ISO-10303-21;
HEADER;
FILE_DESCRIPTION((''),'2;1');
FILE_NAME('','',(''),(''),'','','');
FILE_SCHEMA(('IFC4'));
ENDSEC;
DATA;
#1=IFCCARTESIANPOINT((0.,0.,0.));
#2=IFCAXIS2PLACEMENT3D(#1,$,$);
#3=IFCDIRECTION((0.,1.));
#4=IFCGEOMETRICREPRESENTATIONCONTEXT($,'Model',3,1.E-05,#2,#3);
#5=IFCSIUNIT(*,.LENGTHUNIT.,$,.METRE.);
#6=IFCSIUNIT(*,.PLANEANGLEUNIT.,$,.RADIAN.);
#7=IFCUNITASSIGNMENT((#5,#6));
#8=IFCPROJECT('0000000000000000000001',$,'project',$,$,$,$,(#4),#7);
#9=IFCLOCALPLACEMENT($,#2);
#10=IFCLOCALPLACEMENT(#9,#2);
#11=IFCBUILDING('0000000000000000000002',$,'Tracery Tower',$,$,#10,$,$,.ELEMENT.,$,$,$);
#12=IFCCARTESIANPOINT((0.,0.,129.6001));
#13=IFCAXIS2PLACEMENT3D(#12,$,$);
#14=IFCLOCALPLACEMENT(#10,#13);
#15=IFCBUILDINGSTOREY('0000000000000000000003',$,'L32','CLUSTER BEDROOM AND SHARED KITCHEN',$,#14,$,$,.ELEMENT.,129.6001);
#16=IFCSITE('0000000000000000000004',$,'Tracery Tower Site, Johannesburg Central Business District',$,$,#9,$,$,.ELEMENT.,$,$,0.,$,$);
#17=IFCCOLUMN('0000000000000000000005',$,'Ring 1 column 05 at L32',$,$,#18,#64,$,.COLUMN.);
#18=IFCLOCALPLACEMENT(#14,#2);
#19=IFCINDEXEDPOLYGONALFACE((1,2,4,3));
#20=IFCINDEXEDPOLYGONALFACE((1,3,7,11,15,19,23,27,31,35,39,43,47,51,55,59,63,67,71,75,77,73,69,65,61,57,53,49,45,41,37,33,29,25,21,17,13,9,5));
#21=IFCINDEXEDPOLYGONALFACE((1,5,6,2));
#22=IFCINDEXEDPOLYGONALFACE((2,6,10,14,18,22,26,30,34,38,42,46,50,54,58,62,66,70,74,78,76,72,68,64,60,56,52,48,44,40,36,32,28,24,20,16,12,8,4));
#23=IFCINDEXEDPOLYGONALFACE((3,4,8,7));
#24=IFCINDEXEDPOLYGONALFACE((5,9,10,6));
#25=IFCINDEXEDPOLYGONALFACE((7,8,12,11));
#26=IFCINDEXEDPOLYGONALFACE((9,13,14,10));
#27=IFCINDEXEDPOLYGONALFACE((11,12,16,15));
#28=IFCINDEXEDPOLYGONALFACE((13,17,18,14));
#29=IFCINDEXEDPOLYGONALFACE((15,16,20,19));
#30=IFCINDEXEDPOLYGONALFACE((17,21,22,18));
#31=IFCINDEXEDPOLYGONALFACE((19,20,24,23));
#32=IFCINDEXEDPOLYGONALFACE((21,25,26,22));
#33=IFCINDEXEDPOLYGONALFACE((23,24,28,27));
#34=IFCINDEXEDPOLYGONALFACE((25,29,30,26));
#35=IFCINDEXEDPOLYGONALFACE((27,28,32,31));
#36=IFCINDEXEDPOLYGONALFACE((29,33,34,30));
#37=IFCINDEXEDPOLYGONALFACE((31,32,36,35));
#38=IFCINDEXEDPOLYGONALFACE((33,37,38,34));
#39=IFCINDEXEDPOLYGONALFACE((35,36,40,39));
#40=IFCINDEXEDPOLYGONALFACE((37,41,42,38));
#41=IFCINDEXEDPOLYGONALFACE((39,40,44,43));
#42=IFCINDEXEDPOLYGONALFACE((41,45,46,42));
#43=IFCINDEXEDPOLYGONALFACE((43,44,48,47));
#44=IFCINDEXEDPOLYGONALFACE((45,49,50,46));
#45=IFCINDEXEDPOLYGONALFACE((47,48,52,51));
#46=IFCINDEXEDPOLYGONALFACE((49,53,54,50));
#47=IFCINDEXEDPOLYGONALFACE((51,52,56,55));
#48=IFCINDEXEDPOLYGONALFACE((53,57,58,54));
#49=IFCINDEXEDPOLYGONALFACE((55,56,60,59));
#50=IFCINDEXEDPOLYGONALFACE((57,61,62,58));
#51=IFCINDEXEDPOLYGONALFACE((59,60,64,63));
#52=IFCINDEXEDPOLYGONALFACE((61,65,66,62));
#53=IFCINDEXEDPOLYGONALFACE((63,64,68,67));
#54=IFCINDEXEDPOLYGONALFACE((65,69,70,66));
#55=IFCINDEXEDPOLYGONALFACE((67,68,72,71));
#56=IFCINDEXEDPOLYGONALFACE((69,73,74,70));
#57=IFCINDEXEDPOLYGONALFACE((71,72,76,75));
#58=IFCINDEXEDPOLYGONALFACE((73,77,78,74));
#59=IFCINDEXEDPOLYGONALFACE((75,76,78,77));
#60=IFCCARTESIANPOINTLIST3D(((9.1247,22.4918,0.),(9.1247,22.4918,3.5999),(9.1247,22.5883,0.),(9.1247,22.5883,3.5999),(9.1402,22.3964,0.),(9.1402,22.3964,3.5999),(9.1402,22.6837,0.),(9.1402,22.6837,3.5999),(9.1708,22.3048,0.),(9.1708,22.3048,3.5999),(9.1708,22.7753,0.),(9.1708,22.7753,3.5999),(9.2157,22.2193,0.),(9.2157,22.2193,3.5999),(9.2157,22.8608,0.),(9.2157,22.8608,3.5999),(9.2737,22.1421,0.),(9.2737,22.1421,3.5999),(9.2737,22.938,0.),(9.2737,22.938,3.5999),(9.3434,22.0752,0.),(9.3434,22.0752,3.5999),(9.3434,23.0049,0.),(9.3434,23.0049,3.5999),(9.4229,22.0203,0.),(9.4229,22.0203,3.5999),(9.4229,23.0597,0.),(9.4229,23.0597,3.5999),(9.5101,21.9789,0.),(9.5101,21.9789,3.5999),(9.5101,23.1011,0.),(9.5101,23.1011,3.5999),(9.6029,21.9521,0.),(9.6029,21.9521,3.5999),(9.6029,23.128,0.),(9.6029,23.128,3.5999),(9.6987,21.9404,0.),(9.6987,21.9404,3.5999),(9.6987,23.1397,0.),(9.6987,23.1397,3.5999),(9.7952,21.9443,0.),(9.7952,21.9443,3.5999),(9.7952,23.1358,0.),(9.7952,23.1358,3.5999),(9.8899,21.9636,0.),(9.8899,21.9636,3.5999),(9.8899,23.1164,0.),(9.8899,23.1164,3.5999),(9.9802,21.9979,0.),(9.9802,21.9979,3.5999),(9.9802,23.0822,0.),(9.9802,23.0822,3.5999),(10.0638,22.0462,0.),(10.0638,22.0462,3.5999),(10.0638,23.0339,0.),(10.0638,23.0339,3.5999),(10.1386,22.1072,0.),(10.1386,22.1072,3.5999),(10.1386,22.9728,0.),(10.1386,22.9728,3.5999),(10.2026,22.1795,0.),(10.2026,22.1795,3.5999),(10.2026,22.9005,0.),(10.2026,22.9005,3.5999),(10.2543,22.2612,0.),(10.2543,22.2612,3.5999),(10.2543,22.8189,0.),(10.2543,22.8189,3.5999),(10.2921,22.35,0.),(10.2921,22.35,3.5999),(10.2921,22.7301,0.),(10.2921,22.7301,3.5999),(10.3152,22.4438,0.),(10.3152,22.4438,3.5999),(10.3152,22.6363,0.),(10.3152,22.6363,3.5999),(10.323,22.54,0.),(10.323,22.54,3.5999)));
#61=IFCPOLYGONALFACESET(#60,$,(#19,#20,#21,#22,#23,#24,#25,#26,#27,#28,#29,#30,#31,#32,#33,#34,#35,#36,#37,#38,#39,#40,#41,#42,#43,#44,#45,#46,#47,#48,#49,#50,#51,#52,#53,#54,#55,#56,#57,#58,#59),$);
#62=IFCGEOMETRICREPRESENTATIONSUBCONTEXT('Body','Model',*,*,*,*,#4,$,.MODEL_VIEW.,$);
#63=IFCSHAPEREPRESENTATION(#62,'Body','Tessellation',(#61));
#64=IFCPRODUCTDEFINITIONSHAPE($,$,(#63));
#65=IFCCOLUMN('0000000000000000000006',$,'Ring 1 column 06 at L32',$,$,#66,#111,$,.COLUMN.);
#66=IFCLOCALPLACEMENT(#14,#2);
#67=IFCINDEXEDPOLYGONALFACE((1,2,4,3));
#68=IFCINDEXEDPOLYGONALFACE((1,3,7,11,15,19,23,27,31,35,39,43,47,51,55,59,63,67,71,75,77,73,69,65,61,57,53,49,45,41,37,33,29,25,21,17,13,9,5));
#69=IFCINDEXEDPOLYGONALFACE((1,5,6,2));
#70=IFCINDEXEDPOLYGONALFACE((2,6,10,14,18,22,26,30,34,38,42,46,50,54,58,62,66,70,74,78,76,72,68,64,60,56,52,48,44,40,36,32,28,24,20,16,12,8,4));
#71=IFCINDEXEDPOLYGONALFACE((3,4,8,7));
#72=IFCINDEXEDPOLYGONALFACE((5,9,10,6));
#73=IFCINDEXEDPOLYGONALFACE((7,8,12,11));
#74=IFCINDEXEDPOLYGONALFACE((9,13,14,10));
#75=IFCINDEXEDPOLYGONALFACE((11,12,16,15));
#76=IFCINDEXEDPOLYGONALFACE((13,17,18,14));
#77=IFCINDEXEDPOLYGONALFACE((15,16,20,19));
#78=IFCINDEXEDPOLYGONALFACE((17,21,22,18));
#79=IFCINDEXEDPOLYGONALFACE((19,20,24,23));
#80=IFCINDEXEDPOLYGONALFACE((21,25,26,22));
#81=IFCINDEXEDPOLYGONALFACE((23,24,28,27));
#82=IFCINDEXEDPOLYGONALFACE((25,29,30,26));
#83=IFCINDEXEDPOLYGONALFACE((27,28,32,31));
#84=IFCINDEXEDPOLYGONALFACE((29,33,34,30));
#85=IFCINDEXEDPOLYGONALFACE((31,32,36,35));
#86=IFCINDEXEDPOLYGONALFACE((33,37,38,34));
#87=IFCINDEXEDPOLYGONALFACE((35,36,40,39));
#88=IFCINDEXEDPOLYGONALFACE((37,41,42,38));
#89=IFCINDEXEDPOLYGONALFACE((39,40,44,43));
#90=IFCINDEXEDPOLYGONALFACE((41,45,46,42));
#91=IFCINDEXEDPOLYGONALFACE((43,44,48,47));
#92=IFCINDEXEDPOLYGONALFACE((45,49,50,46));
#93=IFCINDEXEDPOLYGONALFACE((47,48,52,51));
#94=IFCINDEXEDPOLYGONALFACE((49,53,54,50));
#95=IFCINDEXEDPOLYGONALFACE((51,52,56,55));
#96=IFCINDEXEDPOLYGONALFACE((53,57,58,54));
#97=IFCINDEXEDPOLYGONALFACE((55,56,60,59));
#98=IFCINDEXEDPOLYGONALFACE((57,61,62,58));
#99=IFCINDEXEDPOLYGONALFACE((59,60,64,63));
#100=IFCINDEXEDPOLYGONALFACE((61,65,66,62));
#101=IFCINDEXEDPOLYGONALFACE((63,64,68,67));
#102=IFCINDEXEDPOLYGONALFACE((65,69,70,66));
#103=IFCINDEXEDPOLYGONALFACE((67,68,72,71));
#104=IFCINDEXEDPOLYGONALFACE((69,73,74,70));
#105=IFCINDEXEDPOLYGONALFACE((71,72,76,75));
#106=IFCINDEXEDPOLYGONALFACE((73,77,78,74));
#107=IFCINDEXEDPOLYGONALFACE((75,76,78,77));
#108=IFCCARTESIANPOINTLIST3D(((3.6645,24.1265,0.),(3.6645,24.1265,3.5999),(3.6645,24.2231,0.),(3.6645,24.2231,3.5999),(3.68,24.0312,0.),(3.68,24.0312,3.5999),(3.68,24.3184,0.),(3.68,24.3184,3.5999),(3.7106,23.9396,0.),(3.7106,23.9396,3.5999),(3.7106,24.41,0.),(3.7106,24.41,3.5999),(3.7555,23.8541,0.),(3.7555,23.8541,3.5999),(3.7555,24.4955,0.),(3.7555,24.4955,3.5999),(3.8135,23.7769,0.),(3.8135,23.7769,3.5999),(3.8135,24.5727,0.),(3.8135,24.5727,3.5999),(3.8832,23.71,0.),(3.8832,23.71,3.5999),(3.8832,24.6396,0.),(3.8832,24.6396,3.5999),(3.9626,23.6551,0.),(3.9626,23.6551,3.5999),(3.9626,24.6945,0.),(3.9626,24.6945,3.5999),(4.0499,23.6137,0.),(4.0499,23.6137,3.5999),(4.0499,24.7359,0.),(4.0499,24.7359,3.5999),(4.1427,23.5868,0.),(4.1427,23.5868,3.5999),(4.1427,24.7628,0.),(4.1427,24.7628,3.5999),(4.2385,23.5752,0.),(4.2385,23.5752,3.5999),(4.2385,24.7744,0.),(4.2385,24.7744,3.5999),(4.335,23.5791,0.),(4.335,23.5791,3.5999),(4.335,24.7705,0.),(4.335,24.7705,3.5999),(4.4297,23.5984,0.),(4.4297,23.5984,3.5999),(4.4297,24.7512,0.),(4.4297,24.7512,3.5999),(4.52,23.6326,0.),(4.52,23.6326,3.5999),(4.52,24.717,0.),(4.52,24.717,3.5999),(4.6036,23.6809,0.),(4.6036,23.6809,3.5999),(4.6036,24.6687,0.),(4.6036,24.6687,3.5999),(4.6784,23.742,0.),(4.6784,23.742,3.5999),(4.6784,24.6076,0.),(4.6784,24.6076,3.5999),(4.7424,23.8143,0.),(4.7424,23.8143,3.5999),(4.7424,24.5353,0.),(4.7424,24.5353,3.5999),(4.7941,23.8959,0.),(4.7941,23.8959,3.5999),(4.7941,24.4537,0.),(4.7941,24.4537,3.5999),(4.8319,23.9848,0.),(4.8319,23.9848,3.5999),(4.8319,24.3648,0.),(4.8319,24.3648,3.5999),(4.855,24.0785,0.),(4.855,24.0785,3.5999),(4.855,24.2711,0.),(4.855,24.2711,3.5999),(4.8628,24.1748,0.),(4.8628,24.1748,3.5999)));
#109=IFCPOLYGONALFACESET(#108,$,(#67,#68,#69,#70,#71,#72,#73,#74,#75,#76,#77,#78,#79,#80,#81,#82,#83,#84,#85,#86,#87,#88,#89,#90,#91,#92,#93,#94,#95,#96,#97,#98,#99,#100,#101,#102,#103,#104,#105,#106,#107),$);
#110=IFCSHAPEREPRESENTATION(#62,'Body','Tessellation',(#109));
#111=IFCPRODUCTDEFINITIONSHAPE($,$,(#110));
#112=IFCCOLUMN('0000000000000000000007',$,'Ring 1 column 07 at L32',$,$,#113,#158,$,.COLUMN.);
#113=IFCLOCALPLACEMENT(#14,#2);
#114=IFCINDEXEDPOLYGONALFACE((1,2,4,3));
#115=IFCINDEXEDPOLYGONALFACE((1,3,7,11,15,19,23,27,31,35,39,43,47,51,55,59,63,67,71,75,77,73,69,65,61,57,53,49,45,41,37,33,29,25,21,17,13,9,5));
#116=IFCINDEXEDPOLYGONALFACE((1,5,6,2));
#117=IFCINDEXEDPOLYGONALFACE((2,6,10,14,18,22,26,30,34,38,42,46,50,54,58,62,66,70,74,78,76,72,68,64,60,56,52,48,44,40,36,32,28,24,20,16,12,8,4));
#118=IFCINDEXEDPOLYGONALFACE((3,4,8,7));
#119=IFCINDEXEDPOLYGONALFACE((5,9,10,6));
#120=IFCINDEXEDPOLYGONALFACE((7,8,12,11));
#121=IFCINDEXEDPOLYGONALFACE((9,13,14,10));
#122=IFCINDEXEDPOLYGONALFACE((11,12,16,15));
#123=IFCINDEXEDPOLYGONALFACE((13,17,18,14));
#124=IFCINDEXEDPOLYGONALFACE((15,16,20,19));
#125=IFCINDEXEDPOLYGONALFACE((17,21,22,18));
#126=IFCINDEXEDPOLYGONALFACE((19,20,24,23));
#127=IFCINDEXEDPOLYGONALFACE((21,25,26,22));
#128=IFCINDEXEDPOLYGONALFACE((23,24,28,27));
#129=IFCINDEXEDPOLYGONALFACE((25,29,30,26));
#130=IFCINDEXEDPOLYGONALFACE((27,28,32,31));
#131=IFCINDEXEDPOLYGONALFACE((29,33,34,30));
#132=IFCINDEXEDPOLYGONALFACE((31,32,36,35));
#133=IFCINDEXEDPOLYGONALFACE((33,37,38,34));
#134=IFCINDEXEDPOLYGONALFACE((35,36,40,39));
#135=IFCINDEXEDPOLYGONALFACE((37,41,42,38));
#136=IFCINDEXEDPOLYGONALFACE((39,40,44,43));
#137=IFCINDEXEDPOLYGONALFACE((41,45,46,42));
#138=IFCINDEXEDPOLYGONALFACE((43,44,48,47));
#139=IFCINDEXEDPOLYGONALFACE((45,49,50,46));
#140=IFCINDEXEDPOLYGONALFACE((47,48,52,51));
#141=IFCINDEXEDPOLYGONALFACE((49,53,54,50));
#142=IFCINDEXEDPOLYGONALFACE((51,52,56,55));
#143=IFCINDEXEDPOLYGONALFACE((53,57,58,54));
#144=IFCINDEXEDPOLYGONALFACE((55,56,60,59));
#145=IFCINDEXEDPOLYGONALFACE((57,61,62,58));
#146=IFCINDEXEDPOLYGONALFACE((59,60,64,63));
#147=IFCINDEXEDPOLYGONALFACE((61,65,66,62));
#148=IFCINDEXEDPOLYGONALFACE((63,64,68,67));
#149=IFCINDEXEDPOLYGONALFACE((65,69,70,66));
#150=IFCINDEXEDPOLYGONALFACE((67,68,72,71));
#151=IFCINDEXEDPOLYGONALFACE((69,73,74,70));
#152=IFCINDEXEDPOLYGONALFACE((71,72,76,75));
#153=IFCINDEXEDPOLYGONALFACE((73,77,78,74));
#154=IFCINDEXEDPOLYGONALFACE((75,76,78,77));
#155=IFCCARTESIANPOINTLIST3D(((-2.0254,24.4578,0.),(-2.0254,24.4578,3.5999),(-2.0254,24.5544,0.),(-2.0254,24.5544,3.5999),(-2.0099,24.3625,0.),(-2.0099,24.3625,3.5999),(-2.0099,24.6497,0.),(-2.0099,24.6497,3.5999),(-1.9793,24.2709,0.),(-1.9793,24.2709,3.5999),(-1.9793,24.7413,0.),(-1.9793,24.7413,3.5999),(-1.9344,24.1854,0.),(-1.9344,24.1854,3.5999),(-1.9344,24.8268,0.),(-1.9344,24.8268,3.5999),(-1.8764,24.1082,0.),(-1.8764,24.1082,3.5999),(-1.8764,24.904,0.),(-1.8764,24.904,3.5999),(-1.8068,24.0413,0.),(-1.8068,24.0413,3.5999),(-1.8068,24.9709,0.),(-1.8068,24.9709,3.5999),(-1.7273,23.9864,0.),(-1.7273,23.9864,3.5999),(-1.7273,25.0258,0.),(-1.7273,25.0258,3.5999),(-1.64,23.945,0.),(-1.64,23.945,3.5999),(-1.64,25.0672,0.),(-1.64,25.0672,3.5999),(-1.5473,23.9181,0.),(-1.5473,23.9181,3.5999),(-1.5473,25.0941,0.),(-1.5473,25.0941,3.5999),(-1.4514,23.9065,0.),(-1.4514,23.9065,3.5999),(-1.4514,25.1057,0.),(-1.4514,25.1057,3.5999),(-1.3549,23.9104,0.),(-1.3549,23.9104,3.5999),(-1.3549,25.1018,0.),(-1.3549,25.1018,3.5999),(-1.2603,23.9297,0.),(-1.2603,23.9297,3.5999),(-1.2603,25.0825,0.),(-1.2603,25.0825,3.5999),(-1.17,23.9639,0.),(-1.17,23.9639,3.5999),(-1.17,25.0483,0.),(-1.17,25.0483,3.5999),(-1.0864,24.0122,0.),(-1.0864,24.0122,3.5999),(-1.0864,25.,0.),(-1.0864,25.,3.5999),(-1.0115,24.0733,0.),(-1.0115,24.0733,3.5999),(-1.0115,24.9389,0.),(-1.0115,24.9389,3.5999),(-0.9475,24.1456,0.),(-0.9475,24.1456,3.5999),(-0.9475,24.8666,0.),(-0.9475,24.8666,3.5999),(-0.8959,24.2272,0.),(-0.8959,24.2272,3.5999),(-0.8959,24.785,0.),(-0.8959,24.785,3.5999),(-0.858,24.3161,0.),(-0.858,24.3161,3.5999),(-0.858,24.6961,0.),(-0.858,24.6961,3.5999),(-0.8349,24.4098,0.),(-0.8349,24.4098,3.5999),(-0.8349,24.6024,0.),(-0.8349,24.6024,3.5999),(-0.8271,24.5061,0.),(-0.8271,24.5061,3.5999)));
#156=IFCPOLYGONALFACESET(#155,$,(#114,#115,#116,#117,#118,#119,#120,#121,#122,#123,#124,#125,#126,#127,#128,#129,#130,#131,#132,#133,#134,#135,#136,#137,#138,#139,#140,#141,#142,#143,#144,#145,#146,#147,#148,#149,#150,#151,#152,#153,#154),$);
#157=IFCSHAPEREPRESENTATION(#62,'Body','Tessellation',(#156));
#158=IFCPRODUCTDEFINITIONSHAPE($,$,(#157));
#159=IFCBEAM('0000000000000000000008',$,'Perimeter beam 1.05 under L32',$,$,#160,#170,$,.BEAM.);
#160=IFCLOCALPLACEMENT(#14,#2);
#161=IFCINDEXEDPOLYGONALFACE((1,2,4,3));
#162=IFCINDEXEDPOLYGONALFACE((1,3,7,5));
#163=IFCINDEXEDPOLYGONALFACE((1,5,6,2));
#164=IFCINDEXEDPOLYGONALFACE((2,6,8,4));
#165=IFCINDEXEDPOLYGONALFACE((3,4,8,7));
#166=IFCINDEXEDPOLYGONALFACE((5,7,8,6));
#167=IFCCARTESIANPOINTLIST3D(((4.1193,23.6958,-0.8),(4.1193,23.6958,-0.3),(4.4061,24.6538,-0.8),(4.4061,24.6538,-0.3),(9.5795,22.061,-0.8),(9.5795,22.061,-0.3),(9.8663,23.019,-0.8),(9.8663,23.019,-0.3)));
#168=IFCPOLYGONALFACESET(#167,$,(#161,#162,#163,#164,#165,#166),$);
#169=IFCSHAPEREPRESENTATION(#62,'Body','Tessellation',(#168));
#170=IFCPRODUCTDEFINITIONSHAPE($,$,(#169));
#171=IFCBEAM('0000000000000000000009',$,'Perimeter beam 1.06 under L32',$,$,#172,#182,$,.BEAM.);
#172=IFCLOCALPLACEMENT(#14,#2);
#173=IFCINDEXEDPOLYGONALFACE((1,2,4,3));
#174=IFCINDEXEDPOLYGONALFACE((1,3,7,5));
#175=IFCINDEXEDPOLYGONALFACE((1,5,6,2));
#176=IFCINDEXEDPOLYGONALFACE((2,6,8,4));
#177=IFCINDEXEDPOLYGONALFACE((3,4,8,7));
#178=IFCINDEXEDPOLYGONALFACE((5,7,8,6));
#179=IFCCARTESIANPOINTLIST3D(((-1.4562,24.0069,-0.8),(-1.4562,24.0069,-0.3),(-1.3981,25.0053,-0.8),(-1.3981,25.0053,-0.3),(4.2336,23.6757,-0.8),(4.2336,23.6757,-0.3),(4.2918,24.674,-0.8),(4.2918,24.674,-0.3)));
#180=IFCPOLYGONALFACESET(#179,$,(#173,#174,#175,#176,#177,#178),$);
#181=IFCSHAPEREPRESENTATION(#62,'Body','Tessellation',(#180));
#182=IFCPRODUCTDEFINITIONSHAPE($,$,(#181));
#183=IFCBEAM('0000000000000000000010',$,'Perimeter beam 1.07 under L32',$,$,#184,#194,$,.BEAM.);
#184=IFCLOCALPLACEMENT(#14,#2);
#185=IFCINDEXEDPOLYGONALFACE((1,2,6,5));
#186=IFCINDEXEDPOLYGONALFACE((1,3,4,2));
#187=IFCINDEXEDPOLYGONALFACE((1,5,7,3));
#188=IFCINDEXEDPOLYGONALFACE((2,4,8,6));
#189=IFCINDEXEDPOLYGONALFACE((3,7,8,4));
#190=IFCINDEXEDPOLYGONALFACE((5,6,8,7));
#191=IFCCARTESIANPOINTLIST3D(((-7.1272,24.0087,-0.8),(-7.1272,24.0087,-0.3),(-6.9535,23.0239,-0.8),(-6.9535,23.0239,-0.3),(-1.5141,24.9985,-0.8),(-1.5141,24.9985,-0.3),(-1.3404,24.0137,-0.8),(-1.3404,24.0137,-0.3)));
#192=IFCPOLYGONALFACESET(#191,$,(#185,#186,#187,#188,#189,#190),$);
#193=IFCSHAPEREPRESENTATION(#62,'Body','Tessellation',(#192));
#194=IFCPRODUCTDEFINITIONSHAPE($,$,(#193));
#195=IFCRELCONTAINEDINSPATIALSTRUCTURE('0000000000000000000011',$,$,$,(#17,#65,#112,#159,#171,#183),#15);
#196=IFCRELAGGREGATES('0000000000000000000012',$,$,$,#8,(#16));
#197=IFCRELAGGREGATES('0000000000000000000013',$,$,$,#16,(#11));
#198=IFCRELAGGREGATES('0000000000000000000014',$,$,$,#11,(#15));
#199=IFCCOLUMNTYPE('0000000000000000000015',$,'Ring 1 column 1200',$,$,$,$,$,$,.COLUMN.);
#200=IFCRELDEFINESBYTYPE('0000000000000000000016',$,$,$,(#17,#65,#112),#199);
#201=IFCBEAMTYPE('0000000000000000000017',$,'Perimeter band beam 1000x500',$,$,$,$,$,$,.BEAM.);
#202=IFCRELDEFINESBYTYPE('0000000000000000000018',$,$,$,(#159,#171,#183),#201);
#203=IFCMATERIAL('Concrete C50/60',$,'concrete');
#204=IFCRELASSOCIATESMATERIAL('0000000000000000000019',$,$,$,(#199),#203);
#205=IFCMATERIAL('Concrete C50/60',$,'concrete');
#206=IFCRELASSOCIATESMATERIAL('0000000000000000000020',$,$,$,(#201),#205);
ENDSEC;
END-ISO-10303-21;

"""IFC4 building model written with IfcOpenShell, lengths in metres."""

from ifc_helpers import new_model, si_unit, direction, frame, origin, origin_2d, place, context, subcontext, project, spatial, rectangle, circle, extrude, material, material_profile, profile_set, type_object, element, save


model = new_model("IFC4")

# Units and contexts
model_context = context("Model", 3, precision=1e-05, world=origin(), true_north=direction((0.0, 1.0)))
body_context = subcontext(model_context, "Body", "Model", "MODEL_VIEW")
ifc_project = project(units=[si_unit("LENGTHUNIT", "METRE"), si_unit("PLANEANGLEUNIT", "RADIAN")], contexts=[model_context])

# Site, building, storey
site_placement = place(None, origin())
site = spatial("IfcSite", under=ifc_project, at=site_placement, Name="Tracery Tower Site, Johannesburg Central Business District", CompositionType="ELEMENT", RefElevation=0.0)
building_placement = place(site_placement, origin())
building = spatial("IfcBuilding", under=site, at=building_placement, Name="Tracery Tower", CompositionType="ELEMENT")
storey_placement = place(building_placement, frame((0.0, 0.0, 129.6001)))
storey = spatial("IfcBuildingStorey", under=building, at=storey_placement, Name="L32", Description="CLUSTER BEDROOM AND SHARED KITCHEN", CompositionType="ELEMENT", Elevation=129.6001)

# Columns
ifc_material_1 = material(Name="Concrete C50/60", Category="concrete")
ifc_material_profile_1 = material_profile(ifc_material_1, circle(Radius=0.6001, at=origin_2d()), Name="RC D1200")
ifc_profile_set_1 = profile_set([ifc_material_profile_1], Name="Concrete C50/60")
column_type = type_object("IfcColumnType", Name="Ring 1 column 1200", PredefinedType="COLUMN", material=ifc_profile_set_1)
for number, where, z_axis, x_axis, name in (
    (1, (9.7229, 22.54, 0.0), (0.0, 0.0, 1.0), (1.0, 0.0, 0.0), "Ring 1 column 05 at L32"),
    (2, (4.2627, 24.1748, 0.0), (0.0, 0.0, 1.0), (1.0, 0.0, 0.0), "Ring 1 column 06 at L32"),
    (3, (-1.4272, 24.5061, 0.0), (0.0, 0.0, 1.0), (1.0, 0.0, 0.0), "Ring 1 column 07 at L32"),
):
    element("IfcColumn", number, at=place(storey_placement, frame(where, z_axis=z_axis, x_axis=x_axis)), inside=storey, type_object=column_type, Name=name, PredefinedType="COLUMN", context=body_context, shape_type="SweptSolid", body=[
        extrude(circle(Radius=0.6001, at=origin_2d()), origin(), (0.0, 0.0, 1.0), 3.5999),
    ])

# Beams
ifc_material_2 = material(Name="Concrete C50/60", Category="concrete")
ifc_material_profile_2 = material_profile(ifc_material_2, rectangle(XDim=1.0, YDim=0.5, at=origin_2d()), Name="RC 1000x500")
ifc_profile_set_2 = profile_set([ifc_material_profile_2], Name="Concrete C50/60")
beam_type = type_object("IfcBeamType", Name="Perimeter band beam 1000x500", PredefinedType="BEAM", material=ifc_profile_set_2)
beam_1_placement = place(storey_placement, frame((9.7229, 22.54, -0.55), z_axis=(-0.957985, 0.286817, 0.0), x_axis=(-0.286817, -0.957985, 0.0)))
element("IfcBeam", 4, at=beam_1_placement, inside=storey, type_object=beam_type, Name="Perimeter beam 1.05 under L32", PredefinedType="BEAM", context=body_context, shape_type="SweptSolid", body=[
    extrude(rectangle(XDim=1.0, YDim=0.5, at=origin_2d()), origin(), (0.0, 0.0, 1.0), 5.6997),
])
beam_2_placement = place(storey_placement, frame((4.2627, 24.1748, -0.55), z_axis=(-0.998309, 0.058127, 0.0), x_axis=(-0.058127, -0.998309, 0.0)))
element("IfcBeam", 5, at=beam_2_placement, inside=storey, type_object=beam_type, Name="Perimeter beam 1.06 under L32", PredefinedType="BEAM", context=body_context, shape_type="SweptSolid", body=[
    extrude(rectangle(XDim=1.0, YDim=0.5, at=origin_2d()), origin(), (0.0, 0.0, 1.0), 5.6995),
])
beam_3_placement = place(storey_placement, frame((-1.4272, 24.5061, -0.55), z_axis=(-0.984807, -0.173651, 0.0), x_axis=(0.173651, -0.984807, 0.0)))
element("IfcBeam", 6, at=beam_3_placement, inside=storey, type_object=beam_type, Name="Perimeter beam 1.07 under L32", PredefinedType="BEAM", context=body_context, shape_type="SweptSolid", body=[
    extrude(rectangle(XDim=1.0, YDim=0.5, at=origin_2d()), origin(), (0.0, 0.0, 1.0), 5.6997),
])

save(model, "model.ifc")
